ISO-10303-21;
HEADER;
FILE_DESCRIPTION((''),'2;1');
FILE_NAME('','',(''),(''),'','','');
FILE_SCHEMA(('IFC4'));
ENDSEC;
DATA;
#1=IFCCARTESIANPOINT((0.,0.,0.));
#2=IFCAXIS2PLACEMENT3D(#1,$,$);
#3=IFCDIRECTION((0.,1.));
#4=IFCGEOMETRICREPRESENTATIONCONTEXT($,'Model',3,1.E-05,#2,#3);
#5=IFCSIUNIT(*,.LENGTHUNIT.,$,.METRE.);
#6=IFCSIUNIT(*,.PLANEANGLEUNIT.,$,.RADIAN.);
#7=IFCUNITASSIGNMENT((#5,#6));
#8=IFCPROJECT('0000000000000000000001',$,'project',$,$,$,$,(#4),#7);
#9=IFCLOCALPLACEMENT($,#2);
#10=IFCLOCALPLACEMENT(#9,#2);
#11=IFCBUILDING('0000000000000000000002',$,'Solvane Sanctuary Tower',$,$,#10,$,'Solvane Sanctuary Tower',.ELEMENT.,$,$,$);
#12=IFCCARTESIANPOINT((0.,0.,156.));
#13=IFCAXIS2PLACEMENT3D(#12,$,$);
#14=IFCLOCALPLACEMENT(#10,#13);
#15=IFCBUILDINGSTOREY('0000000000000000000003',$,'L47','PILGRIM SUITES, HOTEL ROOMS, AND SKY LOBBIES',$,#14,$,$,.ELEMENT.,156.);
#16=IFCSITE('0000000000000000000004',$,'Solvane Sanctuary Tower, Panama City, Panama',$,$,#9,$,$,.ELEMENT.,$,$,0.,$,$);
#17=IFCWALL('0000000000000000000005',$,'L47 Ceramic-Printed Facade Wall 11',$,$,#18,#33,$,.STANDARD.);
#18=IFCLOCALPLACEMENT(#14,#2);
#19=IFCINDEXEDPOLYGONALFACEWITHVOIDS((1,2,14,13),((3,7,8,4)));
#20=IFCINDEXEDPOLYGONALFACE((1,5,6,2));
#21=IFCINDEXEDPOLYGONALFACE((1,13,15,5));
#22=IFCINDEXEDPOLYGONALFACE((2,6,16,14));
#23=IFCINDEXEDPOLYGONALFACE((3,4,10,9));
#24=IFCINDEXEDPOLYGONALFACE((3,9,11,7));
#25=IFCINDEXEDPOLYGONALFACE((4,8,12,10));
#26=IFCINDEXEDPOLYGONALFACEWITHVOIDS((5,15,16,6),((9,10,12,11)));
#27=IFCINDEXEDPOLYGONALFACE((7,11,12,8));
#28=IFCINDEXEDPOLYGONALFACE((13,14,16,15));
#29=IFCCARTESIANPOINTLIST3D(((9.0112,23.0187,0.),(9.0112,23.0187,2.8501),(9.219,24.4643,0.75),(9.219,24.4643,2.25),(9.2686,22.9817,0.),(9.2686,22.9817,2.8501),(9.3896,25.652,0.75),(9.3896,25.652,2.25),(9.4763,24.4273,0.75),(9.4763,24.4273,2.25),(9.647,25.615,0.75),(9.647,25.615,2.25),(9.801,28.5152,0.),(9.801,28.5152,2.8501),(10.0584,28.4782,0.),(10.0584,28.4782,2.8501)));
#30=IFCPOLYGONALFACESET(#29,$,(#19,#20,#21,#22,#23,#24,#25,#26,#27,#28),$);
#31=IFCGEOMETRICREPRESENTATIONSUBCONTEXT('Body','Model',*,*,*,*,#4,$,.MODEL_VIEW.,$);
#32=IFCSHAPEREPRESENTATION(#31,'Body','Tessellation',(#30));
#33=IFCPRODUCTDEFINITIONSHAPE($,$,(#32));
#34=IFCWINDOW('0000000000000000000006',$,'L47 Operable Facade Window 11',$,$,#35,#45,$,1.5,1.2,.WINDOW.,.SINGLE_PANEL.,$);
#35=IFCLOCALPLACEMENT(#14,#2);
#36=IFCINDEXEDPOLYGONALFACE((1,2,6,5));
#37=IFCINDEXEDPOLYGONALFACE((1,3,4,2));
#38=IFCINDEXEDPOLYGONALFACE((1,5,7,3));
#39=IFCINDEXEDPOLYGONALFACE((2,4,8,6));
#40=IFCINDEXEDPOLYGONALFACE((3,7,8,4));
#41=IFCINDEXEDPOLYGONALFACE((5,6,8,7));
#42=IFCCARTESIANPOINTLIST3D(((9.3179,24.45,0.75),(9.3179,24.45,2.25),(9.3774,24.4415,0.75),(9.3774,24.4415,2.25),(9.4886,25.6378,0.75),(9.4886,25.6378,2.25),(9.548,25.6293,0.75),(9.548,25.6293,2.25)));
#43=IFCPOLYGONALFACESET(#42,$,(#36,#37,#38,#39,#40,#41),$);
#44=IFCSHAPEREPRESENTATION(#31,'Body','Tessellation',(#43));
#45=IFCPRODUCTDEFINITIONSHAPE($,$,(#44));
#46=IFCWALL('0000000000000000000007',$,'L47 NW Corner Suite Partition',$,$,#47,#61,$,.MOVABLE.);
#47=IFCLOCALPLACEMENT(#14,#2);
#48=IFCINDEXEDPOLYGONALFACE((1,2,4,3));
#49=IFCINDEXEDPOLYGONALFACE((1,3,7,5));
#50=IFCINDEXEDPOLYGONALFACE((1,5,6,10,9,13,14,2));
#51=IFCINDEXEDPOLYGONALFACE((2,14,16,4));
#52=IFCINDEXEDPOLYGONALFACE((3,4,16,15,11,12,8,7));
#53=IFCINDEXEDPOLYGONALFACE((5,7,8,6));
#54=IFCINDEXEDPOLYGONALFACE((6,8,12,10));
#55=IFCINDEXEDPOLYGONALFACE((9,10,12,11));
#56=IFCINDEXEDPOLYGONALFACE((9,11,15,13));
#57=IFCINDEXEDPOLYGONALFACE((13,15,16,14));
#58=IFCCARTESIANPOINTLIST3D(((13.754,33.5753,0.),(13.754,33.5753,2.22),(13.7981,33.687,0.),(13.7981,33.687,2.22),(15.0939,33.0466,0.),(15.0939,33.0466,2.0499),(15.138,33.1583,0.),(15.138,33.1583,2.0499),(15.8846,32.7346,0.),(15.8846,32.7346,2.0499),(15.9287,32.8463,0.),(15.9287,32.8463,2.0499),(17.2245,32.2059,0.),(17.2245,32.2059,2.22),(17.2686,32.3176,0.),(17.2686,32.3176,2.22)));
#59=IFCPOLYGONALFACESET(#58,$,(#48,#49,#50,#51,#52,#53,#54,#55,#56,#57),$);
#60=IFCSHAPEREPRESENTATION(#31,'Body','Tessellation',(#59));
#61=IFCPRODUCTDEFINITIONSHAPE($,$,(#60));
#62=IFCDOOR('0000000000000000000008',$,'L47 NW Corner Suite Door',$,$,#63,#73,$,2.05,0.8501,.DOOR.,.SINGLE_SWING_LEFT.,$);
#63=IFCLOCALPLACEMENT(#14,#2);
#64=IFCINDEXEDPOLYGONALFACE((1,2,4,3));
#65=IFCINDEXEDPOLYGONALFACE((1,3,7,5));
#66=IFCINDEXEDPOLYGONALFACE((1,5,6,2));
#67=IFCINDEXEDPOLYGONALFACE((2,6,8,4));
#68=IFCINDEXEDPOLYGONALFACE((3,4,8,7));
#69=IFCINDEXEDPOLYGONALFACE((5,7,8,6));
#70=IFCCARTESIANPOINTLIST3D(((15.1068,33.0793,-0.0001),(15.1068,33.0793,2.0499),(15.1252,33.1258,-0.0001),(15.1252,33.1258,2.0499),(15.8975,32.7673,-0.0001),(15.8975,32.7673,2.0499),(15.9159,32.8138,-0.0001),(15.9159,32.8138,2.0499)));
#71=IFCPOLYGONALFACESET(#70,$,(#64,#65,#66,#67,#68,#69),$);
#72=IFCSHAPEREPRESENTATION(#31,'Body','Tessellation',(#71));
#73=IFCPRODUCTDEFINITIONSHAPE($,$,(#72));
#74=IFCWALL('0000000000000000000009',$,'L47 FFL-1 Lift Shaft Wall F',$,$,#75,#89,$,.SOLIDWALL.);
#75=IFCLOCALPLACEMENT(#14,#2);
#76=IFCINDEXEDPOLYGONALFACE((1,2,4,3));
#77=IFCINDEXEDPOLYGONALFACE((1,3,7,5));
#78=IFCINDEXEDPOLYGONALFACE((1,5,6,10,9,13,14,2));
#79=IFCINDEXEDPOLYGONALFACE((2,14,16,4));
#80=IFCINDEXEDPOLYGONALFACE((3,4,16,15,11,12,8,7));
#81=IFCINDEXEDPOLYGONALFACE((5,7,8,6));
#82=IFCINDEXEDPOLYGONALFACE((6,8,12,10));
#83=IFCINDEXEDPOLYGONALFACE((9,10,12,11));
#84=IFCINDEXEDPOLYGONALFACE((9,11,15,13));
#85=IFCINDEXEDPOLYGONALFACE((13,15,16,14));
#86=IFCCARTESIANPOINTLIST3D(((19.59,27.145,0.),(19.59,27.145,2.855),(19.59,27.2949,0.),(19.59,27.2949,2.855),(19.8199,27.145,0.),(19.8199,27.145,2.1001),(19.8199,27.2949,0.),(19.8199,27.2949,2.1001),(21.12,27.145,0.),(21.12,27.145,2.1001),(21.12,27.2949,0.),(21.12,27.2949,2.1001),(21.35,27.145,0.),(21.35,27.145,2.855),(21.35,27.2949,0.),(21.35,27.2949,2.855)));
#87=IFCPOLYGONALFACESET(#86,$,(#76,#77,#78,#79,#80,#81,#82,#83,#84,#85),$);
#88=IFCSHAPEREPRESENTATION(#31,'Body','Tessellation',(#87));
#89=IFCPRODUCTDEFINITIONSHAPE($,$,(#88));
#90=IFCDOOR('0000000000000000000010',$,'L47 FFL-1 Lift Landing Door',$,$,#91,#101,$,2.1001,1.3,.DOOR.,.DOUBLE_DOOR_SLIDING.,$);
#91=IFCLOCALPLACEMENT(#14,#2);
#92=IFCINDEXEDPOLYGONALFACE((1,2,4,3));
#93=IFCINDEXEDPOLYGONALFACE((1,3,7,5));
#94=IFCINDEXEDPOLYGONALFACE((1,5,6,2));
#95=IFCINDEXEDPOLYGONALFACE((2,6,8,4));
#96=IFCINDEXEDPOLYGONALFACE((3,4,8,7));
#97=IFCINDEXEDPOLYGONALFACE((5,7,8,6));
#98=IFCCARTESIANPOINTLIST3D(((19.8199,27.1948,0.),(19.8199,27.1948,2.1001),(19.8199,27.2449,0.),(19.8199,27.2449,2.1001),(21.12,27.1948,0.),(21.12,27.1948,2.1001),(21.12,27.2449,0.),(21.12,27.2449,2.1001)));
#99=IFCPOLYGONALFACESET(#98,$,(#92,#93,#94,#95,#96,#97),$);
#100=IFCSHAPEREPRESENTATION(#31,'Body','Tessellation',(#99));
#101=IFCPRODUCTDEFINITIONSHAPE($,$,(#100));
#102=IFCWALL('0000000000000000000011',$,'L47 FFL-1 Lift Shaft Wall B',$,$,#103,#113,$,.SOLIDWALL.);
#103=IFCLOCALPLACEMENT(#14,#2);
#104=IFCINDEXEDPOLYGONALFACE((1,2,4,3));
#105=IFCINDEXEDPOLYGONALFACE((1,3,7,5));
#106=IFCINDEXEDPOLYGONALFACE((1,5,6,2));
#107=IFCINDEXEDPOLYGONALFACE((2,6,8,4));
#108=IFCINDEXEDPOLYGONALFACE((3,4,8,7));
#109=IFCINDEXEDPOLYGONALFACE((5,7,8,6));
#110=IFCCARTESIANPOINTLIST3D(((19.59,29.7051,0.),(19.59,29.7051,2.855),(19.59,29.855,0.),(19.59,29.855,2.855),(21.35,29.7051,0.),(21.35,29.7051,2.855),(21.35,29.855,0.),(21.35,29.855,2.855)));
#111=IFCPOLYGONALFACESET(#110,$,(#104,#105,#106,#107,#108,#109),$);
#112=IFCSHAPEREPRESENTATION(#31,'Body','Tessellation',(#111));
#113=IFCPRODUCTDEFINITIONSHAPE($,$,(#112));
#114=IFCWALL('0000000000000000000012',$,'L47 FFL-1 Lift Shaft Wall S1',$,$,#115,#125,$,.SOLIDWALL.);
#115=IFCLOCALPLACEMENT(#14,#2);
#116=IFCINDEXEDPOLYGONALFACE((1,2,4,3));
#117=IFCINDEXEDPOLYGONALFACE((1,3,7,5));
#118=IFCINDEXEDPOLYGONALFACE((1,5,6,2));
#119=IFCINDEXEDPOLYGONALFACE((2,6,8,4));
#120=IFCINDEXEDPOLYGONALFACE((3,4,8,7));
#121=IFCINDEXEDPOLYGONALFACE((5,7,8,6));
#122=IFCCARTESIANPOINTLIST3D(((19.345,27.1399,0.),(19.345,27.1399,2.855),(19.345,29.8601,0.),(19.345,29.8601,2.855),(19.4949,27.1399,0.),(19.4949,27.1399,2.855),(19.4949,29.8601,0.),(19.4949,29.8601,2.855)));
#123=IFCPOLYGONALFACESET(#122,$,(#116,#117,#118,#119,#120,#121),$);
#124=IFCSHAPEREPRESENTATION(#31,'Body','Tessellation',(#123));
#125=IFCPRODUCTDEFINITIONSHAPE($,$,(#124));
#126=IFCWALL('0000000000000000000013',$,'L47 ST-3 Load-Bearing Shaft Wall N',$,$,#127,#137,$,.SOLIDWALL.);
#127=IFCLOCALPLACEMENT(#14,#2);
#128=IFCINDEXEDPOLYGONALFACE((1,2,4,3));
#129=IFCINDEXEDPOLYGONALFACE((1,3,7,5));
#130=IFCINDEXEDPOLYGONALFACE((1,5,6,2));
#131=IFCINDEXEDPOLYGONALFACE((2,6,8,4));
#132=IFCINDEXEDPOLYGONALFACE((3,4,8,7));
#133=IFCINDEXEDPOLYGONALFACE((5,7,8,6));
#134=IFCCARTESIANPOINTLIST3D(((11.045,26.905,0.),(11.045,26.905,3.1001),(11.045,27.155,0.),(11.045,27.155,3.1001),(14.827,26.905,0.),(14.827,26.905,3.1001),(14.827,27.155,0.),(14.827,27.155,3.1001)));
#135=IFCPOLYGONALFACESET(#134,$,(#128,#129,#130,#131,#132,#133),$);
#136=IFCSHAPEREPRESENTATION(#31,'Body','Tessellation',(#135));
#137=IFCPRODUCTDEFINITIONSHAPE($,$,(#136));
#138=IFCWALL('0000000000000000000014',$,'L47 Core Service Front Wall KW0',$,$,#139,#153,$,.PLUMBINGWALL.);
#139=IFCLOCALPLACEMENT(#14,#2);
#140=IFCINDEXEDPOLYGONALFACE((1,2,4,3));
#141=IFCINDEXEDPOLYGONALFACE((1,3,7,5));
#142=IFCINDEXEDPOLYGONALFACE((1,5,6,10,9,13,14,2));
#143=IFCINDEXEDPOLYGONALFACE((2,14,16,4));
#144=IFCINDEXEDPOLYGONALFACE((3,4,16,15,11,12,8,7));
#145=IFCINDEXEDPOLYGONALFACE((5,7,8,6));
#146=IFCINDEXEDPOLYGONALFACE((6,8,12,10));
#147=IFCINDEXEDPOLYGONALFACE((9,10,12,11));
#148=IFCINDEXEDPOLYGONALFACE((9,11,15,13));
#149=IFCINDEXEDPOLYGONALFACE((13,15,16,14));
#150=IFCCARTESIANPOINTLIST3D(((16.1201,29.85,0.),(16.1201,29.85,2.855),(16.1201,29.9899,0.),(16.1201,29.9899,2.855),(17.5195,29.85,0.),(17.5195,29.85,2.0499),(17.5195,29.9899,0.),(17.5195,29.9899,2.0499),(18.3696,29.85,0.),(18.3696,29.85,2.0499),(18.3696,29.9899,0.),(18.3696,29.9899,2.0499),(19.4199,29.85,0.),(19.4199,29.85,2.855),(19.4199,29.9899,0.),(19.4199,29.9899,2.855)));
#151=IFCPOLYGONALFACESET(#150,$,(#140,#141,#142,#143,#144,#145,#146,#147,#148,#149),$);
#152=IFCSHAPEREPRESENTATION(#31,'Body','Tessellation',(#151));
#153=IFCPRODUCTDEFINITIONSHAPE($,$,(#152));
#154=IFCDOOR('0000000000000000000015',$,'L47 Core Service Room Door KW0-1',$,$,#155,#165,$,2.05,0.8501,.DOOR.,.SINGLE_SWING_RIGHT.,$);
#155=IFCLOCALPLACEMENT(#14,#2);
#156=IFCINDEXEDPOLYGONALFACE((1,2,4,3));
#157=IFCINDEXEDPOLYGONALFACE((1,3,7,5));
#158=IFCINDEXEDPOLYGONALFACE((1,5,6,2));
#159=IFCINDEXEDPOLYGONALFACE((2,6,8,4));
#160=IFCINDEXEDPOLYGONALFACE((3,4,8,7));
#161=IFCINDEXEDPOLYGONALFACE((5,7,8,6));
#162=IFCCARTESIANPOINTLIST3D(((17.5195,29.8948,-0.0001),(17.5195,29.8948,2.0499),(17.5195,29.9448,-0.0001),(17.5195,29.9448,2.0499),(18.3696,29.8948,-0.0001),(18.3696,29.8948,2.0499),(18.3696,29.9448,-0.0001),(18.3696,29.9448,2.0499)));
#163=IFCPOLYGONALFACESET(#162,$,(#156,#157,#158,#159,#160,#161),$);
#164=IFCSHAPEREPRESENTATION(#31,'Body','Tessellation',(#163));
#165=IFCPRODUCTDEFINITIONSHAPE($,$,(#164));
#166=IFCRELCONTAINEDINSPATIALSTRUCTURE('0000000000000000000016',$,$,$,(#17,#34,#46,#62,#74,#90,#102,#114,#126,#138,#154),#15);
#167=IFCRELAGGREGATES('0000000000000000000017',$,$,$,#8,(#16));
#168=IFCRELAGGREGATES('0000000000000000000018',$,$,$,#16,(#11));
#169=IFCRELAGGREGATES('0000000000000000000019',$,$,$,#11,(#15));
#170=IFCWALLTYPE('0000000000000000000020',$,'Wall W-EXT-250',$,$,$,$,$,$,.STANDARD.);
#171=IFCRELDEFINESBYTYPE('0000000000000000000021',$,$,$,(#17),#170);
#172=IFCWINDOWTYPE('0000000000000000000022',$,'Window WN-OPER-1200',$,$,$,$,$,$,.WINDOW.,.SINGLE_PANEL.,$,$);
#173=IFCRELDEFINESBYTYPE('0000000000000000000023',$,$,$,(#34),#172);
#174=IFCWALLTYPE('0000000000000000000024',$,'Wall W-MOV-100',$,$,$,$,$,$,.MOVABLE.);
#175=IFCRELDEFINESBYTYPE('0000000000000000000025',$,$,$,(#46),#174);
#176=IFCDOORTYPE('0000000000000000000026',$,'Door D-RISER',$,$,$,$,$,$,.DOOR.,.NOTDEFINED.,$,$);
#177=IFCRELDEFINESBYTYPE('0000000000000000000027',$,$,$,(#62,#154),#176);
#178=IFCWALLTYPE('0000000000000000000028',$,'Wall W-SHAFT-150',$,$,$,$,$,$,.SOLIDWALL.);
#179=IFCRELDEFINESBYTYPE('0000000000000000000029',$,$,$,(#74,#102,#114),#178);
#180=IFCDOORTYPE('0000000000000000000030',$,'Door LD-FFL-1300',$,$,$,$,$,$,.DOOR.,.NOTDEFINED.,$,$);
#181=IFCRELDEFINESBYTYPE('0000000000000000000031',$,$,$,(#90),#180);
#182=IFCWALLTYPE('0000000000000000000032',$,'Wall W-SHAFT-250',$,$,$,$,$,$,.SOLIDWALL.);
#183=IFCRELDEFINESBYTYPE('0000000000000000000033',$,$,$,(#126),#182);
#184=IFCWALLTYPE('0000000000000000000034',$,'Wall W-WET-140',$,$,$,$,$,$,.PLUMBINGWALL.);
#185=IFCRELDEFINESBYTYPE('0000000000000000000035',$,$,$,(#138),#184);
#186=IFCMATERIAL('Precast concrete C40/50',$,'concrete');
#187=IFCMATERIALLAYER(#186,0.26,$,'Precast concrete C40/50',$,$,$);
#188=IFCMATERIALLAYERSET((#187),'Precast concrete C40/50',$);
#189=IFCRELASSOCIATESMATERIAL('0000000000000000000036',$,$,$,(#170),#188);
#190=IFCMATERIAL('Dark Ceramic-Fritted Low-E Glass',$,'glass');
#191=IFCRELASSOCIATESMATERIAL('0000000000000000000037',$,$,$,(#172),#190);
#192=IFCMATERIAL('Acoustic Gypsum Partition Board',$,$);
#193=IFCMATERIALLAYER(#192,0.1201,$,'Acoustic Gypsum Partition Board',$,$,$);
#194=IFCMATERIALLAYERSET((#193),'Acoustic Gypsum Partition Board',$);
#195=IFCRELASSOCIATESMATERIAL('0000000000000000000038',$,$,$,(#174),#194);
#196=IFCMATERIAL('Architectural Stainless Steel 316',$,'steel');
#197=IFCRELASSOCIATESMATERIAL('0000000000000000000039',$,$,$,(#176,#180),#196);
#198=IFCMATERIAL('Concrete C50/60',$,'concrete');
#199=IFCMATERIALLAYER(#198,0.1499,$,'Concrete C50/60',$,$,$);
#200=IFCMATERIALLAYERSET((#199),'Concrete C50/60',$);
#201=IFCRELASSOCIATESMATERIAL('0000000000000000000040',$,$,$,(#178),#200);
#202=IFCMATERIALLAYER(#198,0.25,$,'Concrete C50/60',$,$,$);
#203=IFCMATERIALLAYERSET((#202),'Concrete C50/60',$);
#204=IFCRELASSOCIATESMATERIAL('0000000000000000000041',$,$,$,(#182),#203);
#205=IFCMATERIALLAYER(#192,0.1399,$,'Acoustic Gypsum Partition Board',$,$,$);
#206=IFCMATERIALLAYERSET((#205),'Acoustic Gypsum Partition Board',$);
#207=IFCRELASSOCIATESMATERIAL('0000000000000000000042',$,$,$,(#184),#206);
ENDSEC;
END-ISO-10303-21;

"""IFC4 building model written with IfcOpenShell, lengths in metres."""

from ifc_helpers import new_model, si_unit, direction, frame, frame_2d, origin, place, context, subcontext, project, spatial, rectangle, extrude, material, layer, layer_set, type_object, element, fill, save


model = new_model("IFC4")

# Units and contexts
model_context = context("Model", 3, precision=1e-05, world=origin(), true_north=direction((0.0, 1.0)))
body_context = subcontext(model_context, "Body", "Model", "MODEL_VIEW")
ifc_project = project(units=[si_unit("LENGTHUNIT", "METRE"), si_unit("PLANEANGLEUNIT", "RADIAN")], contexts=[model_context])

# Site, building, storey
site_placement = place(None, origin())
site = spatial("IfcSite", under=ifc_project, at=site_placement, Name="Solvane Sanctuary Tower, Panama City, Panama", CompositionType="ELEMENT", RefElevation=0.0)
building_placement = place(site_placement, origin())
building = spatial("IfcBuilding", under=site, at=building_placement, Name="Solvane Sanctuary Tower", LongName="Solvane Sanctuary Tower", CompositionType="ELEMENT")
storey_placement = place(building_placement, frame((0.0, 0.0, 156.0)))
storey = spatial("IfcBuildingStorey", under=building, at=storey_placement, Name="L47", Description="PILGRIM SUITES, HOTEL ROOMS, AND SKY LOBBIES", CompositionType="ELEMENT", Elevation=156.0)

# Shared definitions
ifc_material_1 = material(Name="Acoustic Gypsum Partition Board")

# Shared definitions
ifc_material_2 = material(Name="Precast concrete C40/50", Category="concrete")
ifc_layer_1 = layer(ifc_material_2, 0.26, Name="Precast concrete C40/50")
ifc_layer_set_1 = layer_set([ifc_layer_1], Name="Precast concrete C40/50")
wall_type_1 = type_object("IfcWallType", Name="Wall W-EXT-250", PredefinedType="STANDARD", material=ifc_layer_set_1)

# Wall, opening, window
ifc_material_3 = material(Name="Dark Ceramic-Fritted Low-E Glass", Category="glass")
window_type_1 = type_object("IfcWindowType", Name="Window WN-OPER-1200", PartitioningType="SINGLE_PANEL", PredefinedType="WINDOW", material=ifc_material_3)
wall_1_placement = place(storey_placement, frame((9.9297, 28.4966, 0.0), z_axis=(0.0, 0.0, 1.0), x_axis=(-0.142228, -0.989834, 0.0)))
wall_1 = element("IfcWall", 1, at=wall_1_placement, inside=storey, type_object=wall_type_1, Name="L47 Ceramic-Printed Facade Wall 11", PredefinedType="STANDARD", context=body_context, shape_type="SweptSolid", body=[
    extrude(rectangle(XDim=5.553, YDim=0.26, at=frame_2d((2.7764, 0.0))), origin(), (0.0, 0.0, 1.0), 2.8501),
])
opening_1_placement = place(wall_1_placement, frame((2.8923, 0.0, 0.75)))
opening_1 = element("IfcOpeningElement", 2, at=opening_1_placement, cuts=wall_1, PredefinedType="OPENING", context=body_context, shape_type="SweptSolid", body=[
    extrude(rectangle(XDim=1.2, YDim=1.5, at=frame_2d((0.6001, 0.75))), frame((0.0, 0.1399, 0.0), z_axis=(0.0, -1.0, 0.0), x_axis=(1.0, 0.0, 0.0)), (0.0, 0.0, 1.0), 0.28),
])
window_1_placement = place(opening_1_placement, origin())
window_1 = element("IfcWindow", 3, at=window_1_placement, inside=storey, type_object=window_type_1, Name="L47 Operable Facade Window 11", OverallHeight=1.5, OverallWidth=1.2, PartitioningType="SINGLE_PANEL", PredefinedType="WINDOW", context=body_context, shape_type="SweptSolid", body=[
    extrude(rectangle(XDim=1.2, YDim=1.5, at=frame_2d((0.6001, 0.75))), frame((0.0, 0.03, 0.0), z_axis=(0.0, -1.0, 0.0), x_axis=(1.0, 0.0, 0.0)), (0.0, 0.0, 1.0), 0.0601),
])
fill(opening_1, window_1)

# Walls, openings, doors
ifc_layer_2 = layer(ifc_material_1, 0.1201, Name="Acoustic Gypsum Partition Board")
ifc_layer_set_2 = layer_set([ifc_layer_2], Name="Acoustic Gypsum Partition Board")
wall_type_2 = type_object("IfcWallType", Name="Wall W-MOV-100", PredefinedType="MOVABLE", material=ifc_layer_set_2)
wall_2_placement = place(storey_placement, frame((17.2466, 32.2617, 0.0), z_axis=(0.0, 0.0, 1.0), x_axis=(-0.930204, 0.367043, 0.0)))
wall_2 = element("IfcWall", 4, at=wall_2_placement, inside=storey, type_object=wall_type_2, Name="L47 NW Corner Suite Partition", PredefinedType="MOVABLE", context=body_context, shape_type="SweptSolid", body=[
    extrude(rectangle(XDim=3.731, YDim=0.1201, at=frame_2d((1.8655, 0.0))), origin(), (0.0, 0.0, 1.0), 2.22),
])
opening_2_placement = place(wall_2_placement, frame((1.4404, 0.0, 0.0)))
opening_2 = element("IfcOpeningElement", 5, at=opening_2_placement, cuts=wall_2, PredefinedType="OPENING", context=body_context, shape_type="SweptSolid", body=[
    extrude(rectangle(XDim=0.8501, YDim=2.05, at=frame_2d((0.425, 1.0249))), frame((0.0, 0.0701, 0.0), z_axis=(0.0, -1.0, 0.0), x_axis=(1.0, 0.0, 0.0)), (0.0, 0.0, 1.0), 0.1401),
])
ifc_material_4 = material(Name="Architectural Stainless Steel 316", Category="steel")
door_type_1 = type_object("IfcDoorType", Name="Door D-RISER", OperationType="NOTDEFINED", PredefinedType="DOOR", material=ifc_material_4)
door_1_placement = place(opening_2_placement, origin())
door_1 = element("IfcDoor", 6, at=door_1_placement, inside=storey, type_object=door_type_1, Name="L47 NW Corner Suite Door", OperationType="SINGLE_SWING_LEFT", OverallHeight=2.05, OverallWidth=0.8501, PredefinedType="DOOR", context=body_context, shape_type="SweptSolid", body=[
    extrude(rectangle(XDim=0.8501, YDim=2.05, at=frame_2d((0.425, 1.0249))), frame((0.0, 0.0249, 0.0), z_axis=(0.0, -1.0, 0.0), x_axis=(1.0, 0.0, 0.0)), (0.0, 0.0, 1.0), 0.05),
])
fill(opening_2, door_1)
ifc_material_5 = material(Name="Concrete C50/60", Category="concrete")
ifc_layer_3 = layer(ifc_material_5, 0.1499, Name="Concrete C50/60")
ifc_layer_set_3 = layer_set([ifc_layer_3], Name="Concrete C50/60")
wall_type_3 = type_object("IfcWallType", Name="Wall W-SHAFT-150", PredefinedType="SOLIDWALL", material=ifc_layer_set_3)
wall_3_placement = place(storey_placement, frame((19.5901, 27.22, 0.0), z_axis=(0.0, 0.0, 1.0), x_axis=(1.0, 0.0, 0.0)))
wall_3 = element("IfcWall", 7, at=wall_3_placement, inside=storey, type_object=wall_type_3, Name="L47 FFL-1 Lift Shaft Wall F", PredefinedType="SOLIDWALL", context=body_context, shape_type="SweptSolid", body=[
    extrude(rectangle(XDim=1.76, YDim=0.1499, at=frame_2d((0.8799, 0.0))), origin(), (0.0, 0.0, 1.0), 2.855),
])
opening_3_placement = place(wall_3_placement, frame((0.23, 0.0, 0.0)))
opening_3 = element("IfcOpeningElement", 8, at=opening_3_placement, cuts=wall_3, PredefinedType="OPENING", context=body_context, shape_type="SweptSolid", body=[
    extrude(rectangle(XDim=1.3, YDim=2.1001, at=frame_2d((0.6499, 1.05))), frame((0.0, 0.085, 0.0), z_axis=(0.0, -1.0, 0.0), x_axis=(1.0, 0.0, 0.0)), (0.0, 0.0, 1.0), 0.1699),
])
door_type_2 = type_object("IfcDoorType", Name="Door LD-FFL-1300", OperationType="NOTDEFINED", PredefinedType="DOOR", material=ifc_material_4)
door_2_placement = place(opening_3_placement, origin())
door_2 = element("IfcDoor", 9, at=door_2_placement, inside=storey, type_object=door_type_2, Name="L47 FFL-1 Lift Landing Door", OperationType="DOUBLE_DOOR_SLIDING", OverallHeight=2.1001, OverallWidth=1.3, PredefinedType="DOOR", context=body_context, shape_type="SweptSolid", body=[
    extrude(rectangle(XDim=1.3, YDim=2.1001, at=frame_2d((0.6499, 1.05))), frame((0.0, 0.0249, 0.0), z_axis=(0.0, -1.0, 0.0), x_axis=(1.0, 0.0, 0.0)), (0.0, 0.0, 1.0), 0.05),
])
fill(opening_3, door_2)

# Walls
wall_4_placement = place(storey_placement, frame((19.5901, 29.78, 0.0), z_axis=(0.0, 0.0, 1.0), x_axis=(1.0, 0.0, 0.0)))
element("IfcWall", 10, at=wall_4_placement, inside=storey, type_object=wall_type_3, Name="L47 FFL-1 Lift Shaft Wall B", PredefinedType="SOLIDWALL", context=body_context, shape_type="SweptSolid", body=[
    extrude(rectangle(XDim=1.76, YDim=0.1499, at=frame_2d((0.8799, 0.0))), origin(), (0.0, 0.0, 1.0), 2.855),
])
wall_5_placement = place(storey_placement, frame((19.4199, 27.1399, 0.0), z_axis=(0.0, 0.0, 1.0), x_axis=(0.0, 1.0, 0.0)))
element("IfcWall", 11, at=wall_5_placement, inside=storey, type_object=wall_type_3, Name="L47 FFL-1 Lift Shaft Wall S1", PredefinedType="SOLIDWALL", context=body_context, shape_type="SweptSolid", body=[
    extrude(rectangle(XDim=2.7202, YDim=0.1499, at=frame_2d((1.3601, 0.0))), origin(), (0.0, 0.0, 1.0), 2.855),
])
ifc_layer_4 = layer(ifc_material_5, 0.25, Name="Concrete C50/60")
ifc_layer_set_4 = layer_set([ifc_layer_4], Name="Concrete C50/60")
wall_type_4 = type_object("IfcWallType", Name="Wall W-SHAFT-250", PredefinedType="SOLIDWALL", material=ifc_layer_set_4)
wall_6_placement = place(storey_placement, frame((11.0449, 27.03, 0.0), z_axis=(0.0, 0.0, 1.0), x_axis=(1.0, 0.0, 0.0)))
element("IfcWall", 12, at=wall_6_placement, inside=storey, type_object=wall_type_4, Name="L47 ST-3 Load-Bearing Shaft Wall N", PredefinedType="SOLIDWALL", context=body_context, shape_type="SweptSolid", body=[
    extrude(rectangle(XDim=3.782, YDim=0.25, at=frame_2d((1.8911, 0.0))), origin(), (0.0, 0.0, 1.0), 3.1001),
])

# Wall, opening, door
ifc_layer_5 = layer(ifc_material_1, 0.1399, Name="Acoustic Gypsum Partition Board")
ifc_layer_set_5 = layer_set([ifc_layer_5], Name="Acoustic Gypsum Partition Board")
wall_type_5 = type_object("IfcWallType", Name="Wall W-WET-140", PredefinedType="PLUMBINGWALL", material=ifc_layer_set_5)
wall_7_placement = place(storey_placement, frame((16.1201, 29.9199, 0.0), z_axis=(0.0, 0.0, 1.0), x_axis=(1.0, 0.0, 0.0)))
wall_7 = element("IfcWall", 13, at=wall_7_placement, inside=storey, type_object=wall_type_5, Name="L47 Core Service Front Wall KW0", PredefinedType="PLUMBINGWALL", context=body_context, shape_type="SweptSolid", body=[
    extrude(rectangle(XDim=3.2998, YDim=0.1399, at=frame_2d((1.6499, 0.0))), origin(), (0.0, 0.0, 1.0), 2.855),
])
opening_4_placement = place(wall_7_placement, frame((1.3994, 0.0, 0.0)))
opening_4 = element("IfcOpeningElement", 14, at=opening_4_placement, cuts=wall_7, PredefinedType="OPENING", context=body_context, shape_type="SweptSolid", body=[
    extrude(rectangle(XDim=0.8501, YDim=2.05, at=frame_2d((0.425, 1.0249))), frame((0.0, 0.0798, 0.0), z_axis=(0.0, -1.0, 0.0), x_axis=(1.0, 0.0, 0.0)), (0.0, 0.0, 1.0), 0.1599),
])
door_3_placement = place(opening_4_placement, origin())
door_3 = element("IfcDoor", 15, at=door_3_placement, inside=storey, type_object=door_type_1, Name="L47 Core Service Room Door KW0-1", OperationType="SINGLE_SWING_RIGHT", OverallHeight=2.05, OverallWidth=0.8501, PredefinedType="DOOR", context=body_context, shape_type="SweptSolid", body=[
    extrude(rectangle(XDim=0.8501, YDim=2.05, at=frame_2d((0.425, 1.0249))), frame((0.0, 0.0249, 0.0), z_axis=(0.0, -1.0, 0.0), x_axis=(1.0, 0.0, 0.0)), (0.0, 0.0, 1.0), 0.05),
])
fill(opening_4, door_3)

save(model, "model.ifc")
